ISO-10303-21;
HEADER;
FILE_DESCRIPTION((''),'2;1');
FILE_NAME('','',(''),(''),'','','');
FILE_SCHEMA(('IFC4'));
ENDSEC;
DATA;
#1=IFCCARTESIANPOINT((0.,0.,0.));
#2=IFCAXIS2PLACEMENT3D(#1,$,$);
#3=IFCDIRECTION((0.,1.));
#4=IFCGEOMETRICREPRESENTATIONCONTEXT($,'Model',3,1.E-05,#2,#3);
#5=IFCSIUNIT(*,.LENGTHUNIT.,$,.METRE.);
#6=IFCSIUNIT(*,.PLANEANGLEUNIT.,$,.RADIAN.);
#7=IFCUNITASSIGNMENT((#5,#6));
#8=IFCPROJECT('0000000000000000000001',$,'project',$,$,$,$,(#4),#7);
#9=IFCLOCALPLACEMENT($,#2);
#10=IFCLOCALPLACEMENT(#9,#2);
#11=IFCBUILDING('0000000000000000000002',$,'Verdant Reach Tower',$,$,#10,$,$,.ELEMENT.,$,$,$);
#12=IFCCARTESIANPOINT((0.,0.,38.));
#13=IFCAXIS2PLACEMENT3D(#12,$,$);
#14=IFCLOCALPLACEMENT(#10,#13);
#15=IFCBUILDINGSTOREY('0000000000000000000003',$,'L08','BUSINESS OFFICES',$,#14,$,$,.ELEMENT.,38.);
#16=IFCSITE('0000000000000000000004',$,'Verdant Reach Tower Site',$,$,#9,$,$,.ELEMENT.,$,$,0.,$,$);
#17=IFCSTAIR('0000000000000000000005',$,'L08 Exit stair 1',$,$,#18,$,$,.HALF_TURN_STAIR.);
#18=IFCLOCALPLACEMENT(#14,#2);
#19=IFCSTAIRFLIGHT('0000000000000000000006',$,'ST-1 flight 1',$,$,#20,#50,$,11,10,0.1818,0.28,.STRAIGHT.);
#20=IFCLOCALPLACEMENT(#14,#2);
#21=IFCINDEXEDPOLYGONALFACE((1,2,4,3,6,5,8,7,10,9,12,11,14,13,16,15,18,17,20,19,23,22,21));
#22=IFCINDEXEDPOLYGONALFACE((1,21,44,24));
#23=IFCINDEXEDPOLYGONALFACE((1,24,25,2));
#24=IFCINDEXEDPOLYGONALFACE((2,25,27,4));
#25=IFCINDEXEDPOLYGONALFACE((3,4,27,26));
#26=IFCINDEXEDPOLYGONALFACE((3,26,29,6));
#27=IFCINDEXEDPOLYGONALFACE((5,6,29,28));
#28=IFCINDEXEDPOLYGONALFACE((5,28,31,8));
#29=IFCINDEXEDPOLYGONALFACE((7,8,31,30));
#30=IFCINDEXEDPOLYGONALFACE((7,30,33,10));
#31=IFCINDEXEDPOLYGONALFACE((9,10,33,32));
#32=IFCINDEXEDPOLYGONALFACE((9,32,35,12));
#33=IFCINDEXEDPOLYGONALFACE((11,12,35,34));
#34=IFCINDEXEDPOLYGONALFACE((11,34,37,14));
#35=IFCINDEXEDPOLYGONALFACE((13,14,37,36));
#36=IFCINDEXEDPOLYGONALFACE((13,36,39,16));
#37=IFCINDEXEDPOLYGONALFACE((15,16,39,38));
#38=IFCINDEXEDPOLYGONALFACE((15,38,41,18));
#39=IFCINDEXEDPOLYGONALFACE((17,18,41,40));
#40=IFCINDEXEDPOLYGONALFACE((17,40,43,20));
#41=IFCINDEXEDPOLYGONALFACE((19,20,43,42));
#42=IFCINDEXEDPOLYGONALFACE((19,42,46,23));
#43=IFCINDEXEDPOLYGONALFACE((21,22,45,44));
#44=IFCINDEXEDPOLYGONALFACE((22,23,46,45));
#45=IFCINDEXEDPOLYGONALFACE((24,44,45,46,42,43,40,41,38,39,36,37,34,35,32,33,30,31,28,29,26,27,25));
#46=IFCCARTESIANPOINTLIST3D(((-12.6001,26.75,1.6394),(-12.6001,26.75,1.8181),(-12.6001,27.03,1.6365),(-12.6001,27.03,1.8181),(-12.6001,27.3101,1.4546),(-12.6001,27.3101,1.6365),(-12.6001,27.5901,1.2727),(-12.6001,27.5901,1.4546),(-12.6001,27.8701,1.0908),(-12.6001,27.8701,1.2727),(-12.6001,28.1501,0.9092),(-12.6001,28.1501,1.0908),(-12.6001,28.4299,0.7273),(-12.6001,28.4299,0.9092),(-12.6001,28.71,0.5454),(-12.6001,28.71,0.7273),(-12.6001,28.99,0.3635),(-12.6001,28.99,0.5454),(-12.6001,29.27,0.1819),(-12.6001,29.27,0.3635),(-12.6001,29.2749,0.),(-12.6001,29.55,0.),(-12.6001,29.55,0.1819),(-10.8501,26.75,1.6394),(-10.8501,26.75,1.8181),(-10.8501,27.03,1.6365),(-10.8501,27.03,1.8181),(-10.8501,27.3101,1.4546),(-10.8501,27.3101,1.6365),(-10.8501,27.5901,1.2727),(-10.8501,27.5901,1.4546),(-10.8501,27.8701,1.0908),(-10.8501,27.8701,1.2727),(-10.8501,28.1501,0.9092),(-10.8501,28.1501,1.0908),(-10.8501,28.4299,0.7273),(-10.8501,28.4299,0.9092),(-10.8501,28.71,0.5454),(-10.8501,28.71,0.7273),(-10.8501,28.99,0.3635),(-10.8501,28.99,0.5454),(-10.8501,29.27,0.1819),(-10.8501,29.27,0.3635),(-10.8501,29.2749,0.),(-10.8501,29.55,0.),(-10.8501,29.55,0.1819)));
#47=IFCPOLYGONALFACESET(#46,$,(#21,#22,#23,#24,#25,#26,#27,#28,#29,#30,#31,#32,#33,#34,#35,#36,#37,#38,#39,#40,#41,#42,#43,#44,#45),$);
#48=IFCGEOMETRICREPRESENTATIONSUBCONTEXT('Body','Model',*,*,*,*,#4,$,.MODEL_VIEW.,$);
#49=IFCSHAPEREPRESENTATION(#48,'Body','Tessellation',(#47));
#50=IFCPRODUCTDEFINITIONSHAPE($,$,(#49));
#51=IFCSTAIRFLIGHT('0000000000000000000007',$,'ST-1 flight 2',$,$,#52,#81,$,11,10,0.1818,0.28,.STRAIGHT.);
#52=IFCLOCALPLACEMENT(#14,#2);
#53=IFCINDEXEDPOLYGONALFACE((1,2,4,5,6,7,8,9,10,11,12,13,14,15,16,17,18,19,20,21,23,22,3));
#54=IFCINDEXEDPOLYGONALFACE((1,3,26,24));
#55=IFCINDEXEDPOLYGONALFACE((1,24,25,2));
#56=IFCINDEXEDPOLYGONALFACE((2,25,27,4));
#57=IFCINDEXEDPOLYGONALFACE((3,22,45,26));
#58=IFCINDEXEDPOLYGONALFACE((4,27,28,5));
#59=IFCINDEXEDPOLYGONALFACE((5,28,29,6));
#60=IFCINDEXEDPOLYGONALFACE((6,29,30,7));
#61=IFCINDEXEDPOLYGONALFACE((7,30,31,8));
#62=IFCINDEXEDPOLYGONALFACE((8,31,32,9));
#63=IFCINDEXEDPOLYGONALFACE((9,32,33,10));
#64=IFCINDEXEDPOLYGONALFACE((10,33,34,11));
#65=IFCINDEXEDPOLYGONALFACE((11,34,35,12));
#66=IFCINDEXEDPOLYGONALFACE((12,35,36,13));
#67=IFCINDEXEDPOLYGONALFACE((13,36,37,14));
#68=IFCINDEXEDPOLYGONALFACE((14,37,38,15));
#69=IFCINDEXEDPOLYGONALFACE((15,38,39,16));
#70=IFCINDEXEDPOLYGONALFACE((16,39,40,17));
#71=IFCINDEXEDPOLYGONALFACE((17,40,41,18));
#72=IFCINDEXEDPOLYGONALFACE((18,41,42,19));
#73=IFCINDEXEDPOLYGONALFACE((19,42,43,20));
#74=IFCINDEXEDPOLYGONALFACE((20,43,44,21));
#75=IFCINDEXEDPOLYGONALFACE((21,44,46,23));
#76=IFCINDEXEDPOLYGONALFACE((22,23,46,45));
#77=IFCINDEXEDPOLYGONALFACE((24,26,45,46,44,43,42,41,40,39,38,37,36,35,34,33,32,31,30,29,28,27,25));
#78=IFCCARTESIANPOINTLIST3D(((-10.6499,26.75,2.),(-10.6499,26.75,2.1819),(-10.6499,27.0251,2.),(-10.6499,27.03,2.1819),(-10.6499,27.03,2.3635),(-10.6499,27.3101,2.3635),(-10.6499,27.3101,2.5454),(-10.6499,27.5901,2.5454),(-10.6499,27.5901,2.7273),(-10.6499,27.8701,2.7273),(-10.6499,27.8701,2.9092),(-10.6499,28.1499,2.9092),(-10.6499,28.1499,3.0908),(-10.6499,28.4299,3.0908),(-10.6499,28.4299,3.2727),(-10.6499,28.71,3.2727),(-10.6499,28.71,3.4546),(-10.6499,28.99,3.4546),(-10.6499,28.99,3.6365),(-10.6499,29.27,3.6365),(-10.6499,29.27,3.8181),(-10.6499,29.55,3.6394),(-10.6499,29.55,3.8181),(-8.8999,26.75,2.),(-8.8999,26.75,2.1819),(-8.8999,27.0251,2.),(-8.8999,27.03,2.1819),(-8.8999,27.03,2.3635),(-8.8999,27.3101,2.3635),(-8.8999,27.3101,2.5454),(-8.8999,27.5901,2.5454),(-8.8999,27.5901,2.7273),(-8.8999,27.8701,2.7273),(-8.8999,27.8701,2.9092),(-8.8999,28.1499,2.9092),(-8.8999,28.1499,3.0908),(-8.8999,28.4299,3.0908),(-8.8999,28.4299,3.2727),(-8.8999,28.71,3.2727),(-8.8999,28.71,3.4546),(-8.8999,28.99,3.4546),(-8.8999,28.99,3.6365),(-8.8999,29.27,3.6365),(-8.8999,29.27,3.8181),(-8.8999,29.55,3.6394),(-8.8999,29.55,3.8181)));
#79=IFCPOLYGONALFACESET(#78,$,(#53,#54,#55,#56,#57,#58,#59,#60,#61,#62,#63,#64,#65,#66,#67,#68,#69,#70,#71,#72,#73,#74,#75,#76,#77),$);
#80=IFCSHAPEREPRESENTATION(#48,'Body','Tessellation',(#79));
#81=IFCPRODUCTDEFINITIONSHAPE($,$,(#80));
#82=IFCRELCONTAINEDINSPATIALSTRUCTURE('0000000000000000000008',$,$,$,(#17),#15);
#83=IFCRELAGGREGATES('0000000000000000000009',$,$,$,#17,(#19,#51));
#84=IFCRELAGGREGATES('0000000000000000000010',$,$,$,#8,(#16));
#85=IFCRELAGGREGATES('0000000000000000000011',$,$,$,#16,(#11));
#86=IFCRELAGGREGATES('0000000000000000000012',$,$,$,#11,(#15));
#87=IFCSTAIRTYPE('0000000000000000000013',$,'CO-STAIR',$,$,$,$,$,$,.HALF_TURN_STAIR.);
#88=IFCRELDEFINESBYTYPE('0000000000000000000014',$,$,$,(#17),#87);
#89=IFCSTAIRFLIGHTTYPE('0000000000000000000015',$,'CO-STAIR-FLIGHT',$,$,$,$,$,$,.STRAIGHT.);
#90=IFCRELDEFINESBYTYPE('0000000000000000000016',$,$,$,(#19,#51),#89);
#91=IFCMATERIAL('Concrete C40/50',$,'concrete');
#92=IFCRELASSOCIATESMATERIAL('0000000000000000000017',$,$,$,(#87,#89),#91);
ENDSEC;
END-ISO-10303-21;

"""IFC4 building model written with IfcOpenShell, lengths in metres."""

from ifc_helpers import new_model, si_unit, direction, frame, origin, place, context, subcontext, project, spatial, polyline, outline, extrude, material, type_object, element, aggregate, save


model = new_model("IFC4")

# Units and contexts
model_context = context("Model", 3, precision=1e-05, world=origin(), true_north=direction((0.0, 1.0)))
body_context = subcontext(model_context, "Body", "Model", "MODEL_VIEW")
ifc_project = project(units=[si_unit("LENGTHUNIT", "METRE"), si_unit("PLANEANGLEUNIT", "RADIAN")], contexts=[model_context])

# Site, building, storey
site_placement = place(None, origin())
site = spatial("IfcSite", under=ifc_project, at=site_placement, Name="Verdant Reach Tower Site", CompositionType="ELEMENT", RefElevation=0.0)
building_placement = place(site_placement, origin())
building = spatial("IfcBuilding", under=site, at=building_placement, Name="Verdant Reach Tower", CompositionType="ELEMENT")
storey_placement = place(building_placement, frame((0.0, 0.0, 38.0)))
storey = spatial("IfcBuildingStorey", under=building, at=storey_placement, Name="L08", Description="BUSINESS OFFICES", CompositionType="ELEMENT", Elevation=38.0)

# Shared definitions
ifc_material_1 = material(Name="Concrete C40/50", Category="concrete")

# Stair, stair flights
stair_type = type_object("IfcStairType", Name="CO-STAIR", PredefinedType="HALF_TURN_STAIR", material=ifc_material_1)
stair_placement = place(storey_placement, origin())
stair = element("IfcStair", 1, at=stair_placement, inside=storey, type_object=stair_type, Name="L08 Exit stair 1", PredefinedType="HALF_TURN_STAIR")
stair_flight_type = type_object("IfcStairFlightType", Name="CO-STAIR-FLIGHT", PredefinedType="STRAIGHT", material=ifc_material_1)
stair_flight_1_placement = place(storey_placement, frame((-11.7251, 29.55, 0.0), z_axis=(0.0, 0.0, 1.0), x_axis=(0.0, -1.0, 0.0)))
stair_flight_1 = element("IfcStairFlight", 2, at=stair_flight_1_placement, type_object=stair_flight_type, Name="ST-1 flight 1", NumberOfRisers=11, NumberOfTreads=10, PredefinedType="STRAIGHT", RiserHeight=0.1818, TreadLength=0.28, context=body_context, shape_type="SweptSolid", body=[
    extrude(outline(polyline([(0.0, 0.0), (0.0, 0.1819), (0.28, 0.1819), (0.28, 0.3635), (0.5601, 0.3635), (0.5601, 0.5454), (0.8401, 0.5454), (0.8401, 0.7273), (1.1201, 0.7273), (1.1201, 0.9092), (1.3999, 0.9092), (1.3999, 1.0908), (1.6799, 1.0908), (1.6799, 1.2727), (1.96, 1.2727), (1.96, 1.4546), (2.24, 1.4546), (2.24, 1.6365), (2.52, 1.6365), (2.52, 1.8181), (2.8, 1.8181), (2.8, 2.0), (2.8, 1.6394), (0.2751, 0.0), (0.0, 0.0)])), frame((0.0, 0.875, 0.0), z_axis=(0.0, -1.0, 0.0), x_axis=(1.0, 0.0, 0.0)), (0.0, 0.0, 1.0), 1.75),
])
stair_flight_2_placement = place(storey_placement, frame((-9.7749, 26.75, 2.0), z_axis=(0.0, 0.0, 1.0), x_axis=(0.0, 1.0, 0.0)))
stair_flight_2 = element("IfcStairFlight", 3, at=stair_flight_2_placement, type_object=stair_flight_type, Name="ST-1 flight 2", NumberOfRisers=11, NumberOfTreads=10, PredefinedType="STRAIGHT", RiserHeight=0.1818, TreadLength=0.28, context=body_context, shape_type="SweptSolid", body=[
    extrude(outline(polyline([(0.0, 0.0), (0.0, 0.1819), (0.28, 0.1819), (0.28, 0.3635), (0.5601, 0.3635), (0.5601, 0.5454), (0.8401, 0.5454), (0.8401, 0.7273), (1.1201, 0.7273), (1.1201, 0.9092), (1.3999, 0.9092), (1.3999, 1.0908), (1.6799, 1.0908), (1.6799, 1.2727), (1.96, 1.2727), (1.96, 1.4546), (2.24, 1.4546), (2.24, 1.6365), (2.52, 1.6365), (2.52, 1.8181), (2.8, 1.8181), (2.8, 2.0), (2.8, 1.6394), (0.2751, 0.0), (0.0, 0.0)])), frame((0.0, 0.875, 0.0), z_axis=(0.0, -1.0, 0.0), x_axis=(1.0, 0.0, 0.0)), (0.0, 0.0, 1.0), 1.75),
])
aggregate(stair, [stair_flight_1, stair_flight_2])

save(model, "model.ifc")
